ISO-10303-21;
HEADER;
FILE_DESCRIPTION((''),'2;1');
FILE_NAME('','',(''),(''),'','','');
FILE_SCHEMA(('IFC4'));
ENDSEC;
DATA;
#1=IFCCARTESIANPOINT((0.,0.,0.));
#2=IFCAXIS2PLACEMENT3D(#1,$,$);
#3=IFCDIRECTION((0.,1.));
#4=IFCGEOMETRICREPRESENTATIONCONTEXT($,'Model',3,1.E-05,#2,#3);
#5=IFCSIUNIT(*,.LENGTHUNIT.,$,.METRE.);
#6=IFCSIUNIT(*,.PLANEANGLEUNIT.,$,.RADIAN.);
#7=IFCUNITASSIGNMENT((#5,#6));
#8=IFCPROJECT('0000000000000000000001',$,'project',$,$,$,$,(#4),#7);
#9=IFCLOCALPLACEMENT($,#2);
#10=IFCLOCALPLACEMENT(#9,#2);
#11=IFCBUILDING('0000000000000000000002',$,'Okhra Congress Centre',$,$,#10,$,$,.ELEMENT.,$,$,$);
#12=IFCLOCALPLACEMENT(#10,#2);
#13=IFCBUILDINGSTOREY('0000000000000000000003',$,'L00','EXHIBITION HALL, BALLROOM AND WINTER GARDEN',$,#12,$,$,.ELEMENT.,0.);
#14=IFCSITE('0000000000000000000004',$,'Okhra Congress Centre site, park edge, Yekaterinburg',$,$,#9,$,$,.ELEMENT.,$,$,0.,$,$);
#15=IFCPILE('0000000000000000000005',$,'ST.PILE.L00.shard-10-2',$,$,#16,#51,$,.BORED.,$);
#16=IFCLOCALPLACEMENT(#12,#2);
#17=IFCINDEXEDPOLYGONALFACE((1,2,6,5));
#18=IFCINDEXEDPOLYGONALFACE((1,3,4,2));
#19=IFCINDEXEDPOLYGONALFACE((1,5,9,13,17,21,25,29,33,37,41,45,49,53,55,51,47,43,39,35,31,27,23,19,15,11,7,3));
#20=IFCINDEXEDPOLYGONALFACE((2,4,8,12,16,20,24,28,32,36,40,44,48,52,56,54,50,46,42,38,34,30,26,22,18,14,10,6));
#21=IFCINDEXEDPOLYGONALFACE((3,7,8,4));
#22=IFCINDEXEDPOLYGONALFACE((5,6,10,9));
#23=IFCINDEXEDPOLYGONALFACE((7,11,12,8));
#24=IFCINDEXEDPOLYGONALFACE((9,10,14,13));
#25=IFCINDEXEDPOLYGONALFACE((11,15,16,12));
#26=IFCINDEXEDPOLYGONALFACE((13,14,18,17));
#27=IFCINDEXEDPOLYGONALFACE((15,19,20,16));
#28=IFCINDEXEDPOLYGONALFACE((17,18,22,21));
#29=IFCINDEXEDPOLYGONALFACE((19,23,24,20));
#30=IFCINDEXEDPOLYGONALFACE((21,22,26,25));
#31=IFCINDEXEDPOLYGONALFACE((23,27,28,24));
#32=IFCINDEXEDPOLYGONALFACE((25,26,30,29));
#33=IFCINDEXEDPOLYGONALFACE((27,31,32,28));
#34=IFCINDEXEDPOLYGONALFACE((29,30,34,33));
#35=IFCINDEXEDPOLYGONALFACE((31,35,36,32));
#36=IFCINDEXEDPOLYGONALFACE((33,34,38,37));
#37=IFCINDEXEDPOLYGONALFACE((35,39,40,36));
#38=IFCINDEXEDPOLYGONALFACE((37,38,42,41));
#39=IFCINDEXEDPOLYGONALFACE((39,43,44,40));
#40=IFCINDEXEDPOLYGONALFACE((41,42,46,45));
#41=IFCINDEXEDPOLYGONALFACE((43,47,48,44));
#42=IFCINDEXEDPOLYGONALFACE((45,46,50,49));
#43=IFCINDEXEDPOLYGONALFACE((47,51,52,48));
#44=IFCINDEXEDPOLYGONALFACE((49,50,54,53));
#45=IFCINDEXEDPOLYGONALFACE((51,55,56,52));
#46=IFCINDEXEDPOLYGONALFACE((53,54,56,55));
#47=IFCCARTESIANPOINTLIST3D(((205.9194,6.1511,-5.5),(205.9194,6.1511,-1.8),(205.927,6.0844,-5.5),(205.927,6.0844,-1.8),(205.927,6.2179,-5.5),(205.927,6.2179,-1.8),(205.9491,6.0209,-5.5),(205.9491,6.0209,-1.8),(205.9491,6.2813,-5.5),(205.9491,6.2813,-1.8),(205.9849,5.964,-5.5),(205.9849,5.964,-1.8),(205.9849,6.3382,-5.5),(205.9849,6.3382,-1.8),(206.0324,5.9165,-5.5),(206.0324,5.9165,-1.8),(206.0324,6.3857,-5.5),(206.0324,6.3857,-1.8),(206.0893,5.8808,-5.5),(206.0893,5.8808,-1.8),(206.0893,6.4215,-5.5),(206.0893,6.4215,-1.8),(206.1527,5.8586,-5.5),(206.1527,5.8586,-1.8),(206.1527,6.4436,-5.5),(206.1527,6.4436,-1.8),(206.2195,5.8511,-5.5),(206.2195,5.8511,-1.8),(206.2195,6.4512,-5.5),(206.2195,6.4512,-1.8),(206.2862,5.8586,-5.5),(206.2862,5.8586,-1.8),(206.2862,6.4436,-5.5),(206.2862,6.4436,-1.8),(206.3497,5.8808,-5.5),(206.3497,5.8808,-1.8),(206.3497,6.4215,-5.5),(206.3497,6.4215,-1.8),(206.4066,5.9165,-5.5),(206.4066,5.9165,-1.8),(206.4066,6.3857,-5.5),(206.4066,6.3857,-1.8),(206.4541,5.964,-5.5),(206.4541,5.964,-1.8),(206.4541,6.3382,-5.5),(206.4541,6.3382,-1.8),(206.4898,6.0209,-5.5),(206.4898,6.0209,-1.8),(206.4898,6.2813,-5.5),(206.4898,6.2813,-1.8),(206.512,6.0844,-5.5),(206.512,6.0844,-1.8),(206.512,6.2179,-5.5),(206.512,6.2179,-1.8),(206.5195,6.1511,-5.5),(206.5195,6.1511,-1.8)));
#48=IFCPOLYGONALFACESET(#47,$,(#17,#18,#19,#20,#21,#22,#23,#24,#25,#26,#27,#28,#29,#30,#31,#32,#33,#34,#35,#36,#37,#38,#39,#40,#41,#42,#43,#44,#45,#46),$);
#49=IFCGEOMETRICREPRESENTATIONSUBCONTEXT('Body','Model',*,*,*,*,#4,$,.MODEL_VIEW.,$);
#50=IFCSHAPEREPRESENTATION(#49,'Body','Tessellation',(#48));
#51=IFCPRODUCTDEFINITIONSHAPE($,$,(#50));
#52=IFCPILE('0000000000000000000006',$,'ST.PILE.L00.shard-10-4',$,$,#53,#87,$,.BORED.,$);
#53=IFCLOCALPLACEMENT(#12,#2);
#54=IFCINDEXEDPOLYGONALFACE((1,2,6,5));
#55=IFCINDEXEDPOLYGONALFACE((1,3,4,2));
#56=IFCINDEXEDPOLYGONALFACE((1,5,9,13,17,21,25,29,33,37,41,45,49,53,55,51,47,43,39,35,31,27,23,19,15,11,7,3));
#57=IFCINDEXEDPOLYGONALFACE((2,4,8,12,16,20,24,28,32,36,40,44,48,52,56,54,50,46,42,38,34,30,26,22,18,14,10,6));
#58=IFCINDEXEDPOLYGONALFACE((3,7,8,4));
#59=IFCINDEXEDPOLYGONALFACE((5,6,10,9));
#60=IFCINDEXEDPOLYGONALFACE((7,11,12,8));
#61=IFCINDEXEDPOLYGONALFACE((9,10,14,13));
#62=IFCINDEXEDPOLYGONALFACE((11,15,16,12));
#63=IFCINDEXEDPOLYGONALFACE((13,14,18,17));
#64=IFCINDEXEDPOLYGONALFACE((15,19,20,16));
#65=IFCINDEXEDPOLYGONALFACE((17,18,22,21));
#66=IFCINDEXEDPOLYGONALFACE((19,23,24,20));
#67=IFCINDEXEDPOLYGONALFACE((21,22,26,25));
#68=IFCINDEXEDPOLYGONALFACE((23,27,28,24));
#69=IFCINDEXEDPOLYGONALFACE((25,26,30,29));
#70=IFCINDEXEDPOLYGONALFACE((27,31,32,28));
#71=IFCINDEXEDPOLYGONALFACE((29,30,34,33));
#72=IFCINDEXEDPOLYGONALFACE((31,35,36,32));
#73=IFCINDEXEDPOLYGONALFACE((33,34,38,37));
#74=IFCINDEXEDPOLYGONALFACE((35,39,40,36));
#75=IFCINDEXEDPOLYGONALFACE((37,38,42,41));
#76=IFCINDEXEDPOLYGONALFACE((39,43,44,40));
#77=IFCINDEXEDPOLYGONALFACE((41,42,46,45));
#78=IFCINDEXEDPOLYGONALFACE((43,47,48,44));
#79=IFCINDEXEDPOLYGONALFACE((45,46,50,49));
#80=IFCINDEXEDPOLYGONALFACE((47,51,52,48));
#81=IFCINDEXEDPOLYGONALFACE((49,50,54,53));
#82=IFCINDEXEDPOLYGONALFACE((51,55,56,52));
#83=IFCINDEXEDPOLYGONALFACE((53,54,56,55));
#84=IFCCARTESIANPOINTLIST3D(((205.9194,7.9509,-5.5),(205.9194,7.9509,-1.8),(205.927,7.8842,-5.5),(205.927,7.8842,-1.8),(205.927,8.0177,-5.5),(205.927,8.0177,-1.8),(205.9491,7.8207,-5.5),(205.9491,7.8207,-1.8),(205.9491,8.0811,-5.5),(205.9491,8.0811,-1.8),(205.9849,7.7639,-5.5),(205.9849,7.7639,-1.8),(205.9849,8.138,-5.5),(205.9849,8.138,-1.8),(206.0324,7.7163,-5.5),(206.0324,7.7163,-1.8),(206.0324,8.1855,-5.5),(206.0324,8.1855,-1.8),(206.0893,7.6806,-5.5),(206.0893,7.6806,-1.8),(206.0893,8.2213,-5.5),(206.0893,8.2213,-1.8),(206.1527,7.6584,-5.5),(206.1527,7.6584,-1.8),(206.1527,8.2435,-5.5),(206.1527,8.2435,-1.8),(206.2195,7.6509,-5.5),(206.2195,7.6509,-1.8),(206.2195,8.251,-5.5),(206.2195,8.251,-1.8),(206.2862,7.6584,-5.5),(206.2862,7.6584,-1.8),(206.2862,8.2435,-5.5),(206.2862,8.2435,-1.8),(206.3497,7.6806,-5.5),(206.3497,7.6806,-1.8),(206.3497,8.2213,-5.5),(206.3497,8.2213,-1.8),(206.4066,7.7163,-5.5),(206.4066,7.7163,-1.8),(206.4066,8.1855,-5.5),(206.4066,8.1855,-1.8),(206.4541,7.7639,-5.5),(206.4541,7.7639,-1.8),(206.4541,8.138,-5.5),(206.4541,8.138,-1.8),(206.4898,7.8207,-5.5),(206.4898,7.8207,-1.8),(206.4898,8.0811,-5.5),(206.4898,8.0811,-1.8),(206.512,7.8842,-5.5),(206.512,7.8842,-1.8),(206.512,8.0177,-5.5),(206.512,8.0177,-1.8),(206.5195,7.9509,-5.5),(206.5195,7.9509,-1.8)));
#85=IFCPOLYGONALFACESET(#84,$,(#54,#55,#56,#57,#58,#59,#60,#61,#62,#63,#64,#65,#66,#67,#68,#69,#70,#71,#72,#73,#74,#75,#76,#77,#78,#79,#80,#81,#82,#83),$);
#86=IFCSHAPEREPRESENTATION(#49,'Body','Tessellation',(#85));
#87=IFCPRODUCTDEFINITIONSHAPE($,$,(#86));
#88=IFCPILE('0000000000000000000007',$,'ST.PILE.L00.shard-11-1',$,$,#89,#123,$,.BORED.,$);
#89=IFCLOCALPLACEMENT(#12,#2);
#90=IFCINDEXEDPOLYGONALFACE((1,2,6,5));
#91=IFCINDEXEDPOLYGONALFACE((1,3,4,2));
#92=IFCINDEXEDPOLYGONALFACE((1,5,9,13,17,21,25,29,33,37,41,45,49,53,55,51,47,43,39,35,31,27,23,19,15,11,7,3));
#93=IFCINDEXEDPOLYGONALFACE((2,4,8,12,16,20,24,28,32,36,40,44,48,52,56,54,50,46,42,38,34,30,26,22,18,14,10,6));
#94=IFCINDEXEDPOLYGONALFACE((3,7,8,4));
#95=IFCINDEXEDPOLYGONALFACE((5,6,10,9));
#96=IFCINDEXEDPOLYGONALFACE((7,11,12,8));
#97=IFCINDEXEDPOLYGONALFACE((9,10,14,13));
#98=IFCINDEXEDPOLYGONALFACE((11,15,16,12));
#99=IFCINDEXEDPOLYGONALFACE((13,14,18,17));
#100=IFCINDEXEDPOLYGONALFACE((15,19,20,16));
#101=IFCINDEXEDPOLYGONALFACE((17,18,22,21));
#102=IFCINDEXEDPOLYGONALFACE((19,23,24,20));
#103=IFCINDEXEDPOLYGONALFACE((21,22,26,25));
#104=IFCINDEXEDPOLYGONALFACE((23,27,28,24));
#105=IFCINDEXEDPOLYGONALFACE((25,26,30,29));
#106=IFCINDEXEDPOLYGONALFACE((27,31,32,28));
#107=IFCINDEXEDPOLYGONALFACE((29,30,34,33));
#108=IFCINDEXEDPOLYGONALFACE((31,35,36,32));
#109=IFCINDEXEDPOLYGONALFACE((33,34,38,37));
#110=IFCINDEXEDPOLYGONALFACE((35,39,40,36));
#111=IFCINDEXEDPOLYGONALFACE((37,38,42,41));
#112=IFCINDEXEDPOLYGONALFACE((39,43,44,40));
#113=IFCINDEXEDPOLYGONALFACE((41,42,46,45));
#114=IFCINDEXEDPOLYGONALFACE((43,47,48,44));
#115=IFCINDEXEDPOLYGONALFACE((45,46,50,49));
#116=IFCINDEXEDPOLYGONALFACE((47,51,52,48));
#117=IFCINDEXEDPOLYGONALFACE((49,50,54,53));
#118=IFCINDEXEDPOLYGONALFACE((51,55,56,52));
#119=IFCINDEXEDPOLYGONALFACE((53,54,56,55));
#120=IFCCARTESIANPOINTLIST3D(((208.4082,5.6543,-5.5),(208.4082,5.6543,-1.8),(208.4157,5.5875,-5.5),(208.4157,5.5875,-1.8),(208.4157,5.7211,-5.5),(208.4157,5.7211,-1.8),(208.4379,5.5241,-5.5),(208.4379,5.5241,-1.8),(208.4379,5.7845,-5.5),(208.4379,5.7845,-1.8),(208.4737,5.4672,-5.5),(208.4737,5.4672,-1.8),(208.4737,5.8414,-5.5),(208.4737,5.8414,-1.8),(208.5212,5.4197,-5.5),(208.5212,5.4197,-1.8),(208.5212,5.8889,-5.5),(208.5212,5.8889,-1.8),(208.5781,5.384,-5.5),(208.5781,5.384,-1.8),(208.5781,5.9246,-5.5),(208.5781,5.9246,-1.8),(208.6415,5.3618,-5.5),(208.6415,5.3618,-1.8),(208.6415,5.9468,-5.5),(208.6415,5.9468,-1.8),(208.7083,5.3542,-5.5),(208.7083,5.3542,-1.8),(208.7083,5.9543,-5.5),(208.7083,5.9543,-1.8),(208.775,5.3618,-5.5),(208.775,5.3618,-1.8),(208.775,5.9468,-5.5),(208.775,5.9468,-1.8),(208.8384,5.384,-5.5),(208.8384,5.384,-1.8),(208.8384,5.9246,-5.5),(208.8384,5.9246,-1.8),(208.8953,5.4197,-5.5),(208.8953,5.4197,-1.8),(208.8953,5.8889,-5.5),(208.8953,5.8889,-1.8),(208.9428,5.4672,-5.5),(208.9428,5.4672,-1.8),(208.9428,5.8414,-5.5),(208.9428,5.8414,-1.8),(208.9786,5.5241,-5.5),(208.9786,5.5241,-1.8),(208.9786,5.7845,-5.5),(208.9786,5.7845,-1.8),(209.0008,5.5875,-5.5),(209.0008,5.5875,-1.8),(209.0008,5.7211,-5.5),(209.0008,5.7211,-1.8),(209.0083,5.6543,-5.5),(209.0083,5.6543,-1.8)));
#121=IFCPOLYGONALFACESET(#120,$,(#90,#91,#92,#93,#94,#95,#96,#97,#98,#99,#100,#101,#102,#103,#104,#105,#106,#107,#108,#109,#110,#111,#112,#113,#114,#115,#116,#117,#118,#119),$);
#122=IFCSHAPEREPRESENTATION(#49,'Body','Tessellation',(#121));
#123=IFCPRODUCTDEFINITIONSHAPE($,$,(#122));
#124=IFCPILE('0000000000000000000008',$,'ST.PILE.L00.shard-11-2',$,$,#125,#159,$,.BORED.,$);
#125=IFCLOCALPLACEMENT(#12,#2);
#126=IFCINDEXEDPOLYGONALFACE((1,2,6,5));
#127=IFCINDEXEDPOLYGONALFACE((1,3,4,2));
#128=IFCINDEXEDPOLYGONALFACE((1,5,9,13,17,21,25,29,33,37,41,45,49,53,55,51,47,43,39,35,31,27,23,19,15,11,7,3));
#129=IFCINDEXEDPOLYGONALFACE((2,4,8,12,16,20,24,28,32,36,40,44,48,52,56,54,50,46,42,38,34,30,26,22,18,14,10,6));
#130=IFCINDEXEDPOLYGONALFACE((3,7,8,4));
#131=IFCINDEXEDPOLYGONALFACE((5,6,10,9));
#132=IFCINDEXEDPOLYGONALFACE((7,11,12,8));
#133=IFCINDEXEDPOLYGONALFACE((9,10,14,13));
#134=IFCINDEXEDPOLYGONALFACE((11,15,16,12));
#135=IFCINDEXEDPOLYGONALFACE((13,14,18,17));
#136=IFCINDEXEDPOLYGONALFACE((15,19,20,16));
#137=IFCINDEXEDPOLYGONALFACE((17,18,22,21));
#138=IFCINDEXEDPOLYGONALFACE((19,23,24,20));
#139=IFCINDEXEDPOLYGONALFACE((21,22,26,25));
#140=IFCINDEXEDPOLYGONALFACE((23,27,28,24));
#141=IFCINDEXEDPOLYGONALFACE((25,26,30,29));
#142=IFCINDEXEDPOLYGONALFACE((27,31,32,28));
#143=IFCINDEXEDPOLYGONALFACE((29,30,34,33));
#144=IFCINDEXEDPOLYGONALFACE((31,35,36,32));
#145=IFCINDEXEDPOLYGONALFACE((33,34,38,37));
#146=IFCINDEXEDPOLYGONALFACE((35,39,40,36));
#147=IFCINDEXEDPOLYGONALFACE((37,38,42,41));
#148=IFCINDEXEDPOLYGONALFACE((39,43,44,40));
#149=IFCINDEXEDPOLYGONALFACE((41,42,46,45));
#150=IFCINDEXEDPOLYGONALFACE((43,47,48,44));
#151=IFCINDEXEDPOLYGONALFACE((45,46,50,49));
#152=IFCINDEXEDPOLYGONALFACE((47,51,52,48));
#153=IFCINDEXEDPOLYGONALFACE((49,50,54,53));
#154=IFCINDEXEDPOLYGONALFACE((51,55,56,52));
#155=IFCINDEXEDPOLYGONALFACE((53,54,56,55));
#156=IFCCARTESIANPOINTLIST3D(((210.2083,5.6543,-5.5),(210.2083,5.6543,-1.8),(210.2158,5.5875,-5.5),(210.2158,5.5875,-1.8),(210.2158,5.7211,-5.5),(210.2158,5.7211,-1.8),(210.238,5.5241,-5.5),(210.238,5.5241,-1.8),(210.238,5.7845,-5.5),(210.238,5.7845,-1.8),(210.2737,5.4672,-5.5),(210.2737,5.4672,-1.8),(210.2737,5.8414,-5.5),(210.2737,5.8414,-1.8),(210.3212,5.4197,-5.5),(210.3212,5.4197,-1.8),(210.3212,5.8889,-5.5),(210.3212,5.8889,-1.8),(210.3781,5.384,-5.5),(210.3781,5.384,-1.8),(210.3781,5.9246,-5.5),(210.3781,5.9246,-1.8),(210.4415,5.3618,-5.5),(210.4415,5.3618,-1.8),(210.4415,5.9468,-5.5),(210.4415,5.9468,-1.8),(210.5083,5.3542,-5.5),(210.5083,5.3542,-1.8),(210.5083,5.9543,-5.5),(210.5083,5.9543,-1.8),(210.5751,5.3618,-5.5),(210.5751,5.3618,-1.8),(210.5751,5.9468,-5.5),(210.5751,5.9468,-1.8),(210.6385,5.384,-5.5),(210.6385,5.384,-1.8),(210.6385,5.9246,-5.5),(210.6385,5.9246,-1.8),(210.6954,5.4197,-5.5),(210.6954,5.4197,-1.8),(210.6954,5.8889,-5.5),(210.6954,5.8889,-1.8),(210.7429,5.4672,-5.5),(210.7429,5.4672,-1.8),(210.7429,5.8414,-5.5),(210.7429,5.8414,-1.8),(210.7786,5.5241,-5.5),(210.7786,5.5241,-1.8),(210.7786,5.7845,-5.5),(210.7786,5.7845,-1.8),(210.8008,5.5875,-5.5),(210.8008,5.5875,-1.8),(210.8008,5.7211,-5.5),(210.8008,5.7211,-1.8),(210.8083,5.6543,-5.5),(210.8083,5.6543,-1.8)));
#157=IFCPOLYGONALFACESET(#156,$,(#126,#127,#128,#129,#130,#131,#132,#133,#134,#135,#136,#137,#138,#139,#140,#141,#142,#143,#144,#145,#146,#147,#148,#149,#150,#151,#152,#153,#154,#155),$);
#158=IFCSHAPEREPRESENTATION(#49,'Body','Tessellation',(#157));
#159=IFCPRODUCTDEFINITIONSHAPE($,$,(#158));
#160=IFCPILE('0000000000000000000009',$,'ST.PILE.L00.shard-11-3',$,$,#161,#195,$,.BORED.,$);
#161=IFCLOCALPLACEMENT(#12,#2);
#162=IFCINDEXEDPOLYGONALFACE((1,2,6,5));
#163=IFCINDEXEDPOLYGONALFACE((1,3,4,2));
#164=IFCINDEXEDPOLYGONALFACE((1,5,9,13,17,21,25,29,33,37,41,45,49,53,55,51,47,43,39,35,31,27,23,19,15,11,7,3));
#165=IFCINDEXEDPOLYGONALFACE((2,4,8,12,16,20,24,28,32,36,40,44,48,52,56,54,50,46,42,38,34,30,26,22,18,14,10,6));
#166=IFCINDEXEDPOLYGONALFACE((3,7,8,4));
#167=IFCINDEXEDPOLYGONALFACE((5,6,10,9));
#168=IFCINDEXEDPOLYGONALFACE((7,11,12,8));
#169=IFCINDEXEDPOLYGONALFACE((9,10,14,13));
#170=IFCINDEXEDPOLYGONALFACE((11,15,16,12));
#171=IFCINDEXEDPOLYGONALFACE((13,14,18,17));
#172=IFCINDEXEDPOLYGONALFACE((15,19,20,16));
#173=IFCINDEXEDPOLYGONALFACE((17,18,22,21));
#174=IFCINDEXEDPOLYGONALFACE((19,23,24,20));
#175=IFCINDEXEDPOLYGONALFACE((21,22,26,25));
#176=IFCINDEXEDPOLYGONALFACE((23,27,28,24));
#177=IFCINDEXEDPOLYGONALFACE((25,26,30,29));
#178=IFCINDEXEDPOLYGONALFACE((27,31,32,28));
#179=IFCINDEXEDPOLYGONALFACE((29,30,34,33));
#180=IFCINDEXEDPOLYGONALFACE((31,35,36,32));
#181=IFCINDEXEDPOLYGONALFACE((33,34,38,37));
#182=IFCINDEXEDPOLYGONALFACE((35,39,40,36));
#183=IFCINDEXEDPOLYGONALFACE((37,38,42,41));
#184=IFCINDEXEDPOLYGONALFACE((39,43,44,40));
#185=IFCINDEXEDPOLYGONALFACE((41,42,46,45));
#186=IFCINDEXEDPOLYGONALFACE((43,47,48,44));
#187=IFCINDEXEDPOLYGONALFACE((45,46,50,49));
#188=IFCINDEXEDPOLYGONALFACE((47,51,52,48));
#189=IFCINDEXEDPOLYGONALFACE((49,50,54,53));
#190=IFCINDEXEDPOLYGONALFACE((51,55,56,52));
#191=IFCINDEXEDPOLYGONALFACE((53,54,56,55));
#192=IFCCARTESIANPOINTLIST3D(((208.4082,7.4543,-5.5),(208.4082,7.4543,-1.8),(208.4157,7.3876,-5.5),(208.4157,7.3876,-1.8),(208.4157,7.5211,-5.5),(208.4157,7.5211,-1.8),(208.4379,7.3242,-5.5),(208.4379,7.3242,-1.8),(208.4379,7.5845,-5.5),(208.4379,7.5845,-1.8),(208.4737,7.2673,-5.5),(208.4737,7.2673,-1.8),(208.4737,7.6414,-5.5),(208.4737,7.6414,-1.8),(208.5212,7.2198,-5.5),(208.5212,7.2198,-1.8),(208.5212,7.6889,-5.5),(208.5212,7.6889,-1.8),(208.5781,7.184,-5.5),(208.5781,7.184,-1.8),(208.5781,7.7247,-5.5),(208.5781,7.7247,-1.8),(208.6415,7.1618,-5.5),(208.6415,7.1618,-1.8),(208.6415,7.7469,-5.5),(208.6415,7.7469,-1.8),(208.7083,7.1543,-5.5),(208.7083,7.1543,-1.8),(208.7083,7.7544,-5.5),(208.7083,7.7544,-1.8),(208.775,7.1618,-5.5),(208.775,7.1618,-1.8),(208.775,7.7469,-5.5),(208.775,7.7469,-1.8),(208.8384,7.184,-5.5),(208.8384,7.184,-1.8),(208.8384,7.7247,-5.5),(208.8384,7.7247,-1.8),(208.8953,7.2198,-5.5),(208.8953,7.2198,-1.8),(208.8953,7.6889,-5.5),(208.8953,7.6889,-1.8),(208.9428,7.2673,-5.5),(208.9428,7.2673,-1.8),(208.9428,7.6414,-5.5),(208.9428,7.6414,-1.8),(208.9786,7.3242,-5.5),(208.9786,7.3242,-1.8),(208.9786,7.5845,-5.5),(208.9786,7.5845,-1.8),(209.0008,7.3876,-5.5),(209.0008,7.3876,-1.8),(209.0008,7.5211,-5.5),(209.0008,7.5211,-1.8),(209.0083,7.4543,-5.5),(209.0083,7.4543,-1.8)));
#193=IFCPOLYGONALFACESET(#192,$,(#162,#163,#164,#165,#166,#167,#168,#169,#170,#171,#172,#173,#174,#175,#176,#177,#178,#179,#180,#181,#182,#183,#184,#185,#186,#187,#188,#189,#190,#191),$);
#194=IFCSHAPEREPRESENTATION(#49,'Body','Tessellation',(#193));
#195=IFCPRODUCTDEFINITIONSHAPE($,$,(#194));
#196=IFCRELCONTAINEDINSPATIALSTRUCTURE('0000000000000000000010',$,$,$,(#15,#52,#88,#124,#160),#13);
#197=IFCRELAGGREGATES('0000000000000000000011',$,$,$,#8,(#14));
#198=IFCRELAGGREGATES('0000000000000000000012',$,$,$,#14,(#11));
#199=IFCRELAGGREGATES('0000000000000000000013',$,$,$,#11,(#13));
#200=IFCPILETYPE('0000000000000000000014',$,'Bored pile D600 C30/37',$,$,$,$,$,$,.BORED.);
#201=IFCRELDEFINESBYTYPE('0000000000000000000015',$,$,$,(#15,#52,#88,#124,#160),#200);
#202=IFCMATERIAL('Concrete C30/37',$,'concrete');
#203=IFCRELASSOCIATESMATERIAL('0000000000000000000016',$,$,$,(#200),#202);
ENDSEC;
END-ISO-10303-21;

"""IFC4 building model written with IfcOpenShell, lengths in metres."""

from ifc_helpers import new_model, si_unit, direction, frame, origin, origin_2d, place, context, subcontext, project, spatial, circle, extrude, material, material_profile, profile_set, type_object, element, save


model = new_model("IFC4")

# Units and contexts
model_context = context("Model", 3, precision=1e-05, world=origin(), true_north=direction((0.0, 1.0)))
body_context = subcontext(model_context, "Body", "Model", "MODEL_VIEW")
ifc_project = project(units=[si_unit("LENGTHUNIT", "METRE"), si_unit("PLANEANGLEUNIT", "RADIAN")], contexts=[model_context])

# Site, building, storey
site_placement = place(None, origin())
site = spatial("IfcSite", under=ifc_project, at=site_placement, Name="Okhra Congress Centre site, park edge, Yekaterinburg", CompositionType="ELEMENT", RefElevation=0.0)
building_placement = place(site_placement, origin())
building = spatial("IfcBuilding", under=site, at=building_placement, Name="Okhra Congress Centre", CompositionType="ELEMENT")
storey_placement = place(building_placement, origin())
storey = spatial("IfcBuildingStorey", under=building, at=storey_placement, Name="L00", Description="EXHIBITION HALL, BALLROOM AND WINTER GARDEN", CompositionType="ELEMENT", Elevation=0.0)

# Piles
ifc_material_1 = material(Name="Concrete C30/37", Category="concrete")
ifc_material_profile_1 = material_profile(ifc_material_1, circle(Radius=0.3, at=origin_2d()), Name="D600")
ifc_profile_set_1 = profile_set([ifc_material_profile_1], Name="Concrete C30/37")
pile_type = type_object("IfcPileType", Name="Bored pile D600 C30/37", PredefinedType="BORED", material=ifc_profile_set_1)
for number, where, z_axis, x_axis, name in (
    (1, (206.2195, 6.1511, -1.8), (0.0, 0.0, -1.0), (1.0, 0.0, 0.0), "ST.PILE.L00.shard-10-2"),
    (2, (206.2195, 7.9509, -1.8), (0.0, 0.0, -1.0), (1.0, 0.0, 0.0), "ST.PILE.L00.shard-10-4"),
    (3, (208.7083, 5.6543, -1.8), (0.0, 0.0, -1.0), (1.0, 0.0, 0.0), "ST.PILE.L00.shard-11-1"),
    (4, (210.5083, 5.6543, -1.8), (0.0, 0.0, -1.0), (1.0, 0.0, 0.0), "ST.PILE.L00.shard-11-2"),
    (5, (208.7083, 7.4543, -1.8), (0.0, 0.0, -1.0), (1.0, 0.0, 0.0), "ST.PILE.L00.shard-11-3"),
):
    element("IfcPile", number, at=place(storey_placement, frame(where, z_axis=z_axis, x_axis=x_axis)), inside=storey, type_object=pile_type, Name=name, PredefinedType="BORED", context=body_context, shape_type="SweptSolid", body=[
        extrude(circle(Radius=0.3, at=origin_2d()), origin(), (0.0, 0.0, 1.0), 3.7),
    ])

save(model, "model.ifc")
